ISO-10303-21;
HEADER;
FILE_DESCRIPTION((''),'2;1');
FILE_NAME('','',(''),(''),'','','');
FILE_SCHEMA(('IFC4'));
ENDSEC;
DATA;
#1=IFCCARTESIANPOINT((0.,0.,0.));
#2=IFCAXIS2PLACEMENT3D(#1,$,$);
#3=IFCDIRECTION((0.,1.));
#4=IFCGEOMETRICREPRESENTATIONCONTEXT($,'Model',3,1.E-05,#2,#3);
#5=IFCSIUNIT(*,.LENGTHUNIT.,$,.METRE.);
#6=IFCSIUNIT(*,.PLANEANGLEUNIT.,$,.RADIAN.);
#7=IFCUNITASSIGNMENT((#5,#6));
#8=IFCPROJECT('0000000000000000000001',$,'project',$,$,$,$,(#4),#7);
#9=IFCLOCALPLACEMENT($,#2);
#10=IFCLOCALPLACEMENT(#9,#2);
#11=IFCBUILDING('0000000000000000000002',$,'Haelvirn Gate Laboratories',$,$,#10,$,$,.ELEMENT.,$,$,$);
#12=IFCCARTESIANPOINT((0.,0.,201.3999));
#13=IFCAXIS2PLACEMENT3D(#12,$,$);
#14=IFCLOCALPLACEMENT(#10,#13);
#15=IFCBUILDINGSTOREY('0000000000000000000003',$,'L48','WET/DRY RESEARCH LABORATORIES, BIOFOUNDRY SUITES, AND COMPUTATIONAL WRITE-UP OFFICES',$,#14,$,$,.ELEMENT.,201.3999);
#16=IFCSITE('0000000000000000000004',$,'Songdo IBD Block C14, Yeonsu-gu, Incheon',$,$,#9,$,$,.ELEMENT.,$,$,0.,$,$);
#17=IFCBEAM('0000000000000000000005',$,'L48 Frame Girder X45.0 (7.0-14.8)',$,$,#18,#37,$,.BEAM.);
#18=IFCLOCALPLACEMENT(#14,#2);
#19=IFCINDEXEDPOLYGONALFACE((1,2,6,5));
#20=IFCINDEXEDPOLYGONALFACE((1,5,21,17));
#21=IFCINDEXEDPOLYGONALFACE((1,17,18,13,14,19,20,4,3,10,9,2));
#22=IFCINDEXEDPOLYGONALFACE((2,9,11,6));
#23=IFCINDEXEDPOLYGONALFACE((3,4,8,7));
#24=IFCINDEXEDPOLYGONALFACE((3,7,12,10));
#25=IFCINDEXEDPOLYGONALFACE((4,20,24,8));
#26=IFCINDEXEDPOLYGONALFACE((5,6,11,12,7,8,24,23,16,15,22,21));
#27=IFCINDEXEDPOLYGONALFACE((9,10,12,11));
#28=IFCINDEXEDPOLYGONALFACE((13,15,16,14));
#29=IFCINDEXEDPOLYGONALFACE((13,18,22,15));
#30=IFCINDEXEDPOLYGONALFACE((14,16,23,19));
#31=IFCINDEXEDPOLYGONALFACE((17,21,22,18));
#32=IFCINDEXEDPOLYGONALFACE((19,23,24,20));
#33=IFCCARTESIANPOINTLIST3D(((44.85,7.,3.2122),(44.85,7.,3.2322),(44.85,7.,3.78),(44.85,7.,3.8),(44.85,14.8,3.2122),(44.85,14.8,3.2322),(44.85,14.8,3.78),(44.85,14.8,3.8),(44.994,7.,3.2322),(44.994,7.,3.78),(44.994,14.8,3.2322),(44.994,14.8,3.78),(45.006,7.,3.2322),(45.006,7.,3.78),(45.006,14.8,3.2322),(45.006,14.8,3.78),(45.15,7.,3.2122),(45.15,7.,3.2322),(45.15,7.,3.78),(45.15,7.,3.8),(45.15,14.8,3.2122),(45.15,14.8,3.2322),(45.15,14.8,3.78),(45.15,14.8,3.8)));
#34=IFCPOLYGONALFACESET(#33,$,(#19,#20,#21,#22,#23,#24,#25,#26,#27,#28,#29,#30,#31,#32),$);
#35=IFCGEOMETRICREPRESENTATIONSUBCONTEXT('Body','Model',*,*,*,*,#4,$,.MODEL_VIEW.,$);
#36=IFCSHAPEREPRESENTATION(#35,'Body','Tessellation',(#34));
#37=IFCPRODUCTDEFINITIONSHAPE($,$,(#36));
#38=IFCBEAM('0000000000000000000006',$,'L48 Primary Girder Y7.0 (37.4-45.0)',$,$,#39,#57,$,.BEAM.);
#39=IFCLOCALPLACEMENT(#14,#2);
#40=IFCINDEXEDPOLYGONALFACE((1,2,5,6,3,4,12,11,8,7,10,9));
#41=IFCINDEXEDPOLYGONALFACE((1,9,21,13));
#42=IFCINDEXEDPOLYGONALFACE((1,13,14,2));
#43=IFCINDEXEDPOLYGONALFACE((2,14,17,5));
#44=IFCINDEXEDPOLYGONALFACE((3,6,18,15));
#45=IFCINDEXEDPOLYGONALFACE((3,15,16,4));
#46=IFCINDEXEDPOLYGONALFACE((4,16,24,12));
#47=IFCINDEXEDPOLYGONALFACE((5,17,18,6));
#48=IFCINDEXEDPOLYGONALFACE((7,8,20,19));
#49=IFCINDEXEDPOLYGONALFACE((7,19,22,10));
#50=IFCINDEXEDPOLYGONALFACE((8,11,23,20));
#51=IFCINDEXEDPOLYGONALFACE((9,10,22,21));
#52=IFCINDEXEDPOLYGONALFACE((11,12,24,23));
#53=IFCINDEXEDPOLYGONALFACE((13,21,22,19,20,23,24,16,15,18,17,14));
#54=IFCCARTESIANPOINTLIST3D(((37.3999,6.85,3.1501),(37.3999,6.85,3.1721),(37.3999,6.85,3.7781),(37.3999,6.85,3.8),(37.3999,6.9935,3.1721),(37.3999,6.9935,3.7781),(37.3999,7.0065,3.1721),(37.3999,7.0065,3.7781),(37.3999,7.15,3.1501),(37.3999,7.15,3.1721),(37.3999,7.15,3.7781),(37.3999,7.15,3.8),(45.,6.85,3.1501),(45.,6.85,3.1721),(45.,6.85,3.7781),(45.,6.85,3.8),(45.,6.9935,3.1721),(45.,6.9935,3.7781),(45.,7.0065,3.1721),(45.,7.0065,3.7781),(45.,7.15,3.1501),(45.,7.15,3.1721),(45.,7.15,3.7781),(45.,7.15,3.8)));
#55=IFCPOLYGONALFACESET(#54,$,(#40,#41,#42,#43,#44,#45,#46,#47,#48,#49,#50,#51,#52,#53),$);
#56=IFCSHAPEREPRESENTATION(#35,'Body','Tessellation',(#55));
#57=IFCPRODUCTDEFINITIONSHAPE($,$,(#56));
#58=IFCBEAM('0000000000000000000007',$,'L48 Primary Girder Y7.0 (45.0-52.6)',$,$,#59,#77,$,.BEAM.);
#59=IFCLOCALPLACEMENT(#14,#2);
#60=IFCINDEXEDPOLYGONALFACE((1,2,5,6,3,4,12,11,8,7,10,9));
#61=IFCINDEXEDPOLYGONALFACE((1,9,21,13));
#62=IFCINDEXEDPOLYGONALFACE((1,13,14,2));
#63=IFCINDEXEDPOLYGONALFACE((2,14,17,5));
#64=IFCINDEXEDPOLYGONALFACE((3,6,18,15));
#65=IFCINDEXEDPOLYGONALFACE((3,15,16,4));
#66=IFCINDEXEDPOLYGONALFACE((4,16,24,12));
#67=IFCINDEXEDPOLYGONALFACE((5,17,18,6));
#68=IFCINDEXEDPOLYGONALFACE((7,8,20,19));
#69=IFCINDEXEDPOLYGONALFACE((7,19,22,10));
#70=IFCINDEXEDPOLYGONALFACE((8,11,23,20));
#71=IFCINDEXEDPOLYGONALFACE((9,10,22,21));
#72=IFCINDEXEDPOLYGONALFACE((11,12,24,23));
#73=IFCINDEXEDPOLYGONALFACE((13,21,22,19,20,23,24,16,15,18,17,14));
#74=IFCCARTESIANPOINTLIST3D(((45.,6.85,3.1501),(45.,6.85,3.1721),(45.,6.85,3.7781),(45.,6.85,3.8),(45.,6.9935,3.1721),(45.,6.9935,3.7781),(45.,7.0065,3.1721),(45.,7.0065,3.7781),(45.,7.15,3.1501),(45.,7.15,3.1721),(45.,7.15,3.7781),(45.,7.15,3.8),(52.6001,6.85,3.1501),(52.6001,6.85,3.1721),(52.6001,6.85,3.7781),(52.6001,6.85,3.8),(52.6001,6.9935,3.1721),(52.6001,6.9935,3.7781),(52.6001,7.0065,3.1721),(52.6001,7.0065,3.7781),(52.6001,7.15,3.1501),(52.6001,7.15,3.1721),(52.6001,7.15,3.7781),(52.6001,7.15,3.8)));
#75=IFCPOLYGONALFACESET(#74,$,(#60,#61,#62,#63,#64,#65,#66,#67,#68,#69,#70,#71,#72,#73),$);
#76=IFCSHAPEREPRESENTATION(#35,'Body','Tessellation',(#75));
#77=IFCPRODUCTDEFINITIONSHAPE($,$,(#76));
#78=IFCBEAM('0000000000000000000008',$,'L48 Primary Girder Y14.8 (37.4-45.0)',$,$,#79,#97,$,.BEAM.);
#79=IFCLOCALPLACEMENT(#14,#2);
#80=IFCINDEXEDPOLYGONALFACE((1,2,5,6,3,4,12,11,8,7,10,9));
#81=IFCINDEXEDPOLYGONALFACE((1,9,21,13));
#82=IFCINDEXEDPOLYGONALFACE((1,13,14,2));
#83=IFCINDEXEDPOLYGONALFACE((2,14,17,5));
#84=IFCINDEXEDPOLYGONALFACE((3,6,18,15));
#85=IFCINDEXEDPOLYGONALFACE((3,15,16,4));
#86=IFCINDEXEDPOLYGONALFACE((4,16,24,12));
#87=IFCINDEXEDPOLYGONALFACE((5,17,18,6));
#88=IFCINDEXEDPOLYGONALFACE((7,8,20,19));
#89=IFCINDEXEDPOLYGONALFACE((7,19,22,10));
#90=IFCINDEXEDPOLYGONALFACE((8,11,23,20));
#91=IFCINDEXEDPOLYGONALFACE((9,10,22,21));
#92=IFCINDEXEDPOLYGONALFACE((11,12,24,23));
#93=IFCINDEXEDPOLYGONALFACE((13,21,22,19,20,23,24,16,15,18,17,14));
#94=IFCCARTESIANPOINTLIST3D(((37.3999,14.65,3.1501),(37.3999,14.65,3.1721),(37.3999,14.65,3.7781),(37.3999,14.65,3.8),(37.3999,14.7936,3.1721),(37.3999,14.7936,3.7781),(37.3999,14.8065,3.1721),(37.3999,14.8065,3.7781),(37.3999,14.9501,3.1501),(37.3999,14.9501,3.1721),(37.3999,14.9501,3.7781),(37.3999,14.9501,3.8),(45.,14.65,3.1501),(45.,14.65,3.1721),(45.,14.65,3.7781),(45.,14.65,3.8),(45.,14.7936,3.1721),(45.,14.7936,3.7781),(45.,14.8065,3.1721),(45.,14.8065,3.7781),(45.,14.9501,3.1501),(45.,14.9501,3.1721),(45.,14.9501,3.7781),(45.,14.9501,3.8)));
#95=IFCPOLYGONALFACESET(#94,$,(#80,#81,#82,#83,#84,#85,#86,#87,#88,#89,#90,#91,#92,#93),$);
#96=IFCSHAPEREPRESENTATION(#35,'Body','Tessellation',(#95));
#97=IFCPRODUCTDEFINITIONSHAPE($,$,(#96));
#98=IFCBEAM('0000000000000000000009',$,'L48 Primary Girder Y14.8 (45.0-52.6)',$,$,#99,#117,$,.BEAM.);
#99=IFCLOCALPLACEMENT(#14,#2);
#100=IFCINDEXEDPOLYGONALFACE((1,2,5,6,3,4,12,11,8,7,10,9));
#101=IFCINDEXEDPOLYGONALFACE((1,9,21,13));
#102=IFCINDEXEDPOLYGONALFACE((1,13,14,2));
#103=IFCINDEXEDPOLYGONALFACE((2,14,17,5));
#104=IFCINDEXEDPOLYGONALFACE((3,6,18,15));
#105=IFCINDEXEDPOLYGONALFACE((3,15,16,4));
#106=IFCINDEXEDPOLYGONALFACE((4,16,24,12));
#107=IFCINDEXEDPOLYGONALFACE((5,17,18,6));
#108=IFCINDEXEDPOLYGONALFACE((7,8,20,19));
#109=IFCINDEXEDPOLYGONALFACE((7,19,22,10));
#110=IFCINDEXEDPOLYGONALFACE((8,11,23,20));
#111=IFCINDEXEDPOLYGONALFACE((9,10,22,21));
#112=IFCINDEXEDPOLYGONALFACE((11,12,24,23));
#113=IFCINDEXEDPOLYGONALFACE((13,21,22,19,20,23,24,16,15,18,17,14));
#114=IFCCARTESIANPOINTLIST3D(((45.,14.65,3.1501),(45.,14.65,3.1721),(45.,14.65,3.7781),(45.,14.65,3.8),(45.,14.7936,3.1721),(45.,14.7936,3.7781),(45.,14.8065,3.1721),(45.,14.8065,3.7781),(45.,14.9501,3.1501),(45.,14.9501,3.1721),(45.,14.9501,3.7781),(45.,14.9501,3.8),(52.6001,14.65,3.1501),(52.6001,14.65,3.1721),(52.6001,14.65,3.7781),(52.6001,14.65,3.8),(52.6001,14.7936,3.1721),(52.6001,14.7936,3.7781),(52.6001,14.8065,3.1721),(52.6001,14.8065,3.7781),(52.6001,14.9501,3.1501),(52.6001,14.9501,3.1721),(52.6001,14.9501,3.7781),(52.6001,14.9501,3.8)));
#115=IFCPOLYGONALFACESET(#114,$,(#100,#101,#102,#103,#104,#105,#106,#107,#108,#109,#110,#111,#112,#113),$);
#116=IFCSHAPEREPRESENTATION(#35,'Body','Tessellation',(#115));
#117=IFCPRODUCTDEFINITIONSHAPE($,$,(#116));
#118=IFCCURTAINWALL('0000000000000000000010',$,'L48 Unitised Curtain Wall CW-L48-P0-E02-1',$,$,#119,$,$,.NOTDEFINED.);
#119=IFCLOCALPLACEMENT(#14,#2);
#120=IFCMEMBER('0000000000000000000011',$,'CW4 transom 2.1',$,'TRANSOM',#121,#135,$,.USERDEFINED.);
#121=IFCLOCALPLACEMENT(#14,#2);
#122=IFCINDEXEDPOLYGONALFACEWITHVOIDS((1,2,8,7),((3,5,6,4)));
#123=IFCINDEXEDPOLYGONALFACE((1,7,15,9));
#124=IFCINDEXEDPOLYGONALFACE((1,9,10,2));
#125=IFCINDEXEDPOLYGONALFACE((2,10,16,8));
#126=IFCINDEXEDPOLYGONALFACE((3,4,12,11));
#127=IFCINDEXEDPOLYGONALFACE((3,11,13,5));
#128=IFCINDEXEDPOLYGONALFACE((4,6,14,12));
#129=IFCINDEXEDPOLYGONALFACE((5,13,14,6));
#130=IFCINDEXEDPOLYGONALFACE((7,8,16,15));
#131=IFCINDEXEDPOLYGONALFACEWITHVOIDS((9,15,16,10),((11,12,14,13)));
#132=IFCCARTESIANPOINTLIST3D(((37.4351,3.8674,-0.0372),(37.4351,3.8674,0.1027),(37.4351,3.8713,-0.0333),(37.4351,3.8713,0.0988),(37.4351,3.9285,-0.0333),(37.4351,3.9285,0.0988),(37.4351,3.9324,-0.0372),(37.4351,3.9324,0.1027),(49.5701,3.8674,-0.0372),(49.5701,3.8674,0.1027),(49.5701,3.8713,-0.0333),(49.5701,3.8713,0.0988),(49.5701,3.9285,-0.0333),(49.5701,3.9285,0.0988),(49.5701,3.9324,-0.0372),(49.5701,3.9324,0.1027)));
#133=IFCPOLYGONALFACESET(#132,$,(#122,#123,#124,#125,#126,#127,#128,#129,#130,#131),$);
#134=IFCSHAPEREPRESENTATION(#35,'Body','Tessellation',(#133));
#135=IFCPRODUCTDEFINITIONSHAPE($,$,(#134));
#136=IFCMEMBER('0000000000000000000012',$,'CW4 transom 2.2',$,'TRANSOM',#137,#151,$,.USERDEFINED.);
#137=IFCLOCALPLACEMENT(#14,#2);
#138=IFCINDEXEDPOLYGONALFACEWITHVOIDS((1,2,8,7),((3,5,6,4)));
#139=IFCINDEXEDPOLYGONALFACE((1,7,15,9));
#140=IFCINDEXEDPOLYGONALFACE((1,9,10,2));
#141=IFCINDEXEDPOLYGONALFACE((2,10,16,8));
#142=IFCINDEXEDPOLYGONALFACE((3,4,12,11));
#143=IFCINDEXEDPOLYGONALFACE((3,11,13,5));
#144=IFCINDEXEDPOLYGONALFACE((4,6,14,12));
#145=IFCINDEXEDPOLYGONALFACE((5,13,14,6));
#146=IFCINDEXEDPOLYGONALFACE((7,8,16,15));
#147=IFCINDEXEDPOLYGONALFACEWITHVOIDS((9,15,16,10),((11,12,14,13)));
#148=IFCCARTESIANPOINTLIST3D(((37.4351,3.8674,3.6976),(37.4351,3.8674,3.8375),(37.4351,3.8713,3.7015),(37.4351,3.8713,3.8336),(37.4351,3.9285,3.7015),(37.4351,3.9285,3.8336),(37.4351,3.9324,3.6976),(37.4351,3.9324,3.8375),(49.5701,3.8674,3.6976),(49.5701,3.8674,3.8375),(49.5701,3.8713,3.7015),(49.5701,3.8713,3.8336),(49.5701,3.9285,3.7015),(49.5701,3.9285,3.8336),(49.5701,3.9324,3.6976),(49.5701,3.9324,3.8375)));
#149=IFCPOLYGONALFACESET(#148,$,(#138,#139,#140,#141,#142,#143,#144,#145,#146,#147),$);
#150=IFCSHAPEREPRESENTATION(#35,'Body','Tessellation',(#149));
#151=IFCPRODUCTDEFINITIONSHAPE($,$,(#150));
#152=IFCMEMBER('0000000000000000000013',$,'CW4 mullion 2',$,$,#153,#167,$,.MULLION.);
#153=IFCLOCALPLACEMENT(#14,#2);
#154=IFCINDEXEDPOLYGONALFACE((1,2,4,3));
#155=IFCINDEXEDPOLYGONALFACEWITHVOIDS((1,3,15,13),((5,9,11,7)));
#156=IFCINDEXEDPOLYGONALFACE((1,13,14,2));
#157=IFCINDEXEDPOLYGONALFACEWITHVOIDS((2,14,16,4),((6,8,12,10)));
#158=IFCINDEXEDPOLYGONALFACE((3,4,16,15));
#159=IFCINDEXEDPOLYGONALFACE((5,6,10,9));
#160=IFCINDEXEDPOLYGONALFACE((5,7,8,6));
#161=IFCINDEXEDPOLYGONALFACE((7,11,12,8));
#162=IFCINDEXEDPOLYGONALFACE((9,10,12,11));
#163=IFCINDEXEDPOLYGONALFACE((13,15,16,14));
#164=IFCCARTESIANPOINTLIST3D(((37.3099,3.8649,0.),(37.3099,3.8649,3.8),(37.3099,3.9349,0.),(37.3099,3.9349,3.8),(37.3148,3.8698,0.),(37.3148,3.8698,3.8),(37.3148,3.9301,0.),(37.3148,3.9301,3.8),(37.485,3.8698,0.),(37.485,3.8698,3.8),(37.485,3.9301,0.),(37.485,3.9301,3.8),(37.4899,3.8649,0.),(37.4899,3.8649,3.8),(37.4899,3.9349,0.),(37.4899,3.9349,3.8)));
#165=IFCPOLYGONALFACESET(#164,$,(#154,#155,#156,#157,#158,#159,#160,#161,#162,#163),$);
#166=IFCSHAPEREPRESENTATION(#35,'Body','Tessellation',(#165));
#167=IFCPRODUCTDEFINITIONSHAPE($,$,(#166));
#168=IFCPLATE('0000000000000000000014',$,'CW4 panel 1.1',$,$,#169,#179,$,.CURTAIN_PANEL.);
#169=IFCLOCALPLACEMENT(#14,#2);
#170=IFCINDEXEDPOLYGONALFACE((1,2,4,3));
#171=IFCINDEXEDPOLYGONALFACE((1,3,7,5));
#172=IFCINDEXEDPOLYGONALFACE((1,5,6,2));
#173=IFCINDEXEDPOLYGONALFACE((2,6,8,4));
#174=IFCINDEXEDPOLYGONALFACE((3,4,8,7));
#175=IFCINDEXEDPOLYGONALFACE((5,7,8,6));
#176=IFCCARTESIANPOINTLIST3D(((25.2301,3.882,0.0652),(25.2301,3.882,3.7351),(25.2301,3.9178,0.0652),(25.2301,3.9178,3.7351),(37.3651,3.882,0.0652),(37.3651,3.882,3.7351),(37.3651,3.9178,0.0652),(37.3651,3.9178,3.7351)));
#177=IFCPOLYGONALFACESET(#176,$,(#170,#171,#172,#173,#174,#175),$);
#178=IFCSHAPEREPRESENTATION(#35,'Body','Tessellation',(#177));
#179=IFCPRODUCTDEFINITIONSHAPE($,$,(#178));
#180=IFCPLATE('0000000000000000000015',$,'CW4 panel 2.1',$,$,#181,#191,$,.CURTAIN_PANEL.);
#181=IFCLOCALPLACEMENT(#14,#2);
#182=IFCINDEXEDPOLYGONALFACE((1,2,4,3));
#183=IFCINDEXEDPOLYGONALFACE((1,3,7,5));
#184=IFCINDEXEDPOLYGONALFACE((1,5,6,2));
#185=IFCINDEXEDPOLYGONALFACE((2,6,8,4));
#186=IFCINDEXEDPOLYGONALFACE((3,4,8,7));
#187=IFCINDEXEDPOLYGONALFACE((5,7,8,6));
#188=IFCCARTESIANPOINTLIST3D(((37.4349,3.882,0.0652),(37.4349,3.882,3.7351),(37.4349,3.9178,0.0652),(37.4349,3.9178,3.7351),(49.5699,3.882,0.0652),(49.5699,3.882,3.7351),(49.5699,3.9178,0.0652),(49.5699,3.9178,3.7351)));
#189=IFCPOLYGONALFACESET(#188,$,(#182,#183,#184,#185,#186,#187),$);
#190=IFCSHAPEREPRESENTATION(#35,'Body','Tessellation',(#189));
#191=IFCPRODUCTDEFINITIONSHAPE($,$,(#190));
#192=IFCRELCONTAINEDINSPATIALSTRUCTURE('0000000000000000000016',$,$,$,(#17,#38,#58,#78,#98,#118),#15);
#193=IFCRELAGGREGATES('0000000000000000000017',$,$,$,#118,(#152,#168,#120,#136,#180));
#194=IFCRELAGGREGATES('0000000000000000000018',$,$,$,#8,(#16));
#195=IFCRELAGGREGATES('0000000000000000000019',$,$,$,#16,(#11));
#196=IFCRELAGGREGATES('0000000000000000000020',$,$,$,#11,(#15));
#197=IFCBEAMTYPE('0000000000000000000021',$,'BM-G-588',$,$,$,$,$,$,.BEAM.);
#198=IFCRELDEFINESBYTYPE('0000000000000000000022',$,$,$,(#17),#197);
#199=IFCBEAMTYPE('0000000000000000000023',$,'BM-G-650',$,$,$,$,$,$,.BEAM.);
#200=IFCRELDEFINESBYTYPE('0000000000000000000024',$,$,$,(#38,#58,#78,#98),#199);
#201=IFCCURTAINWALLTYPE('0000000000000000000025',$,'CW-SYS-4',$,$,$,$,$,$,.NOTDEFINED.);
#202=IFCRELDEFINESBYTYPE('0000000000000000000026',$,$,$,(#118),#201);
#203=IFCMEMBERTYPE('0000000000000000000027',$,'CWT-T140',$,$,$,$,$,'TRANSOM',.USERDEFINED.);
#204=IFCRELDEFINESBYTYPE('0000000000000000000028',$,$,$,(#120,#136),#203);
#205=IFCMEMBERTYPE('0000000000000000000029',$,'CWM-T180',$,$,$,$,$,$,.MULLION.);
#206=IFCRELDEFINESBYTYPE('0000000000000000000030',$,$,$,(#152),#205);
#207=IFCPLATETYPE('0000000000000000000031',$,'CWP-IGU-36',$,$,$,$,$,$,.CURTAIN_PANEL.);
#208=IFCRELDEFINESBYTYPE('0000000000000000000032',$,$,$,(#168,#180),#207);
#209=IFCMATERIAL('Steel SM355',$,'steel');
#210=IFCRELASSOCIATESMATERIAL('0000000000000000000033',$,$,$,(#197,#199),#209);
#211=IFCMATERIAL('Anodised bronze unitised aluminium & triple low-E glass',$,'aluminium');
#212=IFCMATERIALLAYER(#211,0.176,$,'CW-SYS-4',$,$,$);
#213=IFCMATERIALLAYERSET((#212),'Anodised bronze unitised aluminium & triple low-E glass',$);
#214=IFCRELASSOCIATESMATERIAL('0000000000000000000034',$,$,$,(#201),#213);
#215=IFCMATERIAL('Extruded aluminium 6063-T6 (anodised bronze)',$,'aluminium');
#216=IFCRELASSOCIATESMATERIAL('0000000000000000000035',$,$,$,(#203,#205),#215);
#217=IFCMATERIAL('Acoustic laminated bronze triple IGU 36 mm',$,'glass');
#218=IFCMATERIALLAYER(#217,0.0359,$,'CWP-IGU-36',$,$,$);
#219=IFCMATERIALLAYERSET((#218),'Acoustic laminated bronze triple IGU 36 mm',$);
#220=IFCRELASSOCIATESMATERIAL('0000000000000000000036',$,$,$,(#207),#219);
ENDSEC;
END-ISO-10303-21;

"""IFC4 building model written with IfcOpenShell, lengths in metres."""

from ifc_helpers import new_model, si_unit, direction, frame, origin, origin_2d, place, context, subcontext, project, spatial, rectangle, hollow_rectangle, i_section, extrude, source, transform, mapped, material, layer, layer_set, material_profile, profile_set, type_object, type_shapes, element, aggregate, save


model = new_model("IFC4")

# Units and contexts
model_context = context("Model", 3, precision=1e-05, world=origin(), true_north=direction((0.0, 1.0)))
body_context = subcontext(model_context, "Body", "Model", "MODEL_VIEW")
ifc_project = project(units=[si_unit("LENGTHUNIT", "METRE"), si_unit("PLANEANGLEUNIT", "RADIAN")], contexts=[model_context])

# Site, building, storey
site_placement = place(None, origin())
site = spatial("IfcSite", under=ifc_project, at=site_placement, Name="Songdo IBD Block C14, Yeonsu-gu, Incheon", CompositionType="ELEMENT", RefElevation=0.0)
building_placement = place(site_placement, origin())
building = spatial("IfcBuilding", under=site, at=building_placement, Name="Haelvirn Gate Laboratories", CompositionType="ELEMENT")
storey_placement = place(building_placement, frame((0.0, 0.0, 201.3999)))
storey = spatial("IfcBuildingStorey", under=building, at=storey_placement, Name="L48", Description="WET/DRY RESEARCH LABORATORIES, BIOFOUNDRY SUITES, AND COMPUTATIONAL WRITE-UP OFFICES", CompositionType="ELEMENT", Elevation=201.3999)

# Shared definitions
ifc_material_1 = material(Name="Steel SM355", Category="steel")

# Beams
ifc_material_profile_1 = material_profile(ifc_material_1, i_section(OverallWidth=0.3, OverallDepth=0.5879, WebThickness=0.012, FlangeThickness=0.02, at=origin_2d()), Name="H-588x300x12x20")
ifc_profile_set_1 = profile_set([ifc_material_profile_1], Name="Steel SM355")
beam_type_1 = type_object("IfcBeamType", Name="BM-G-588", PredefinedType="BEAM", material=ifc_profile_set_1)
shared_shape_1 = source(origin(), body_context, "Body", "SweptSolid", [
    extrude(i_section(OverallWidth=0.3, OverallDepth=0.5879, WebThickness=0.012, FlangeThickness=0.02, at=origin_2d()), origin(), (0.0, 0.0, 1.0), 7.8),
])
type_shapes(beam_type_1, [shared_shape_1])
for number, where, z_axis, x_axis, name in (
    (1, (45.0, 7.0, 3.5061), (0.0, 1.0, 0.0), (-1.0, 0.0, 0.0), "L48 Frame Girder X45.0 (7.0-14.8)"),
):
    element("IfcBeam", number, at=place(storey_placement, frame(where, z_axis=z_axis, x_axis=x_axis)), inside=storey, type_object=beam_type_1, Name=name, PredefinedType="BEAM", context=body_context, shape_type="MappedRepresentation", body=[
        mapped(shared_shape_1, transform((0.0, 0.0, 0.0), scale=1.0)),
    ])
ifc_material_profile_2 = material_profile(ifc_material_1, i_section(OverallWidth=0.3, OverallDepth=0.6499, WebThickness=0.0129, FlangeThickness=0.022, at=origin_2d()), Name="H-650x300x13x22")
ifc_profile_set_2 = profile_set([ifc_material_profile_2], Name="Steel SM355")
beam_type_2 = type_object("IfcBeamType", Name="BM-G-650", PredefinedType="BEAM", material=ifc_profile_set_2)
shared_shape_2 = source(origin(), body_context, "Body", "SweptSolid", [
    extrude(i_section(OverallWidth=0.3, OverallDepth=0.6499, WebThickness=0.0129, FlangeThickness=0.022, at=origin_2d()), origin(), (0.0, 0.0, 1.0), 7.6001),
])
type_shapes(beam_type_2, [shared_shape_2])
for number, where, z_axis, x_axis, name in (
    (2, (37.3999, 7.0, 3.4751), (1.0, 0.0, 0.0), (0.0, 1.0, 0.0), "L48 Primary Girder Y7.0 (37.4-45.0)"),
    (3, (45.0, 7.0, 3.4751), (1.0, 0.0, 0.0), (0.0, 1.0, 0.0), "L48 Primary Girder Y7.0 (45.0-52.6)"),
    (4, (37.3999, 14.8, 3.4751), (1.0, 0.0, 0.0), (0.0, 1.0, 0.0), "L48 Primary Girder Y14.8 (37.4-45.0)"),
    (5, (45.0, 14.8, 3.4751), (1.0, 0.0, 0.0), (0.0, 1.0, 0.0), "L48 Primary Girder Y14.8 (45.0-52.6)"),
):
    element("IfcBeam", number, at=place(storey_placement, frame(where, z_axis=z_axis, x_axis=x_axis)), inside=storey, type_object=beam_type_2, Name=name, PredefinedType="BEAM", context=body_context, shape_type="MappedRepresentation", body=[
        mapped(shared_shape_2, transform((0.0, 0.0, 0.0), scale=1.0)),
    ])

# Curtain wall, members, plates
ifc_material_2 = material(Name="Anodised bronze unitised aluminium & triple low-E glass", Category="aluminium")
ifc_layer_1 = layer(ifc_material_2, 0.176, Name="CW-SYS-4")
ifc_layer_set_1 = layer_set([ifc_layer_1], Name="Anodised bronze unitised aluminium & triple low-E glass")
curtain_wall_type = type_object("IfcCurtainWallType", Name="CW-SYS-4", PredefinedType="NOTDEFINED", material=ifc_layer_set_1)
curtain_wall_placement = place(storey_placement, origin())
curtain_wall = element("IfcCurtainWall", 6, at=curtain_wall_placement, inside=storey, type_object=curtain_wall_type, Name="L48 Unitised Curtain Wall CW-L48-P0-E02-1", PredefinedType="NOTDEFINED")
ifc_material_3 = material(Name="Extruded aluminium 6063-T6 (anodised bronze)", Category="aluminium")
ifc_material_profile_3 = material_profile(ifc_material_3, hollow_rectangle(XDim=0.0649, YDim=0.1399, WallThickness=0.0039, at=origin_2d()), Name="CWT-140x65x4")
ifc_profile_set_3 = profile_set([ifc_material_profile_3], Name="Extruded aluminium 6063-T6 (anodised bronze)")
member_type_1 = type_object("IfcMemberType", Name="CWT-T140", ElementType="TRANSOM", PredefinedType="USERDEFINED", material=ifc_profile_set_3)
shared_shape_3 = source(origin(), body_context, "Body", "SweptSolid", [
    extrude(hollow_rectangle(XDim=0.0649, YDim=0.1399, WallThickness=0.0039, at=origin_2d()), origin(), (0.0, 0.0, 1.0), 12.135),
])
type_shapes(member_type_1, [shared_shape_3])
member_1_placement = place(storey_placement, frame((37.4351, 3.8999, 0.0327), z_axis=(1.0, 0.0, 0.0), x_axis=(0.0, 1.0, 0.0)))
member_1 = element("IfcMember", 7, at=member_1_placement, type_object=member_type_1, Name="CW4 transom 2.1", ObjectType="TRANSOM", PredefinedType="USERDEFINED", context=body_context, shape_type="MappedRepresentation", body=[
    mapped(shared_shape_3, transform((0.0, 0.0, 0.0), scale=1.0)),
])
member_2_placement = place(storey_placement, frame((37.4351, 3.8999, 3.7676), z_axis=(1.0, 0.0, 0.0), x_axis=(0.0, 1.0, 0.0)))
member_2 = element("IfcMember", 8, at=member_2_placement, type_object=member_type_1, Name="CW4 transom 2.2", ObjectType="TRANSOM", PredefinedType="USERDEFINED", context=body_context, shape_type="MappedRepresentation", body=[
    mapped(shared_shape_3, transform((0.0, 0.0, 0.0), scale=1.0)),
])
ifc_material_profile_4 = material_profile(ifc_material_3, hollow_rectangle(XDim=0.0701, YDim=0.1799, WallThickness=0.0049, at=origin_2d()), Name="CWM-180x70x5")
ifc_profile_set_4 = profile_set([ifc_material_profile_4], Name="Extruded aluminium 6063-T6 (anodised bronze)")
member_type_2 = type_object("IfcMemberType", Name="CWM-T180", PredefinedType="MULLION", material=ifc_profile_set_4)
shared_shape_4 = source(origin(), body_context, "Body", "SweptSolid", [
    extrude(hollow_rectangle(XDim=0.0701, YDim=0.1799, WallThickness=0.0049, at=origin_2d()), origin(), (0.0, 0.0, 1.0), 3.8),
])
type_shapes(member_type_2, [shared_shape_4])
member_3_placement = place(storey_placement, frame((37.3999, 3.8999, 0.0), z_axis=(0.0, 0.0, 1.0), x_axis=(0.0, 1.0, 0.0)))
member_3 = element("IfcMember", 9, at=member_3_placement, type_object=member_type_2, Name="CW4 mullion 2", PredefinedType="MULLION", context=body_context, shape_type="MappedRepresentation", body=[
    mapped(shared_shape_4, transform((0.0, 0.0, 0.0), scale=1.0)),
])
ifc_material_4 = material(Name="Acoustic laminated bronze triple IGU 36 mm", Category="glass")
ifc_layer_2 = layer(ifc_material_4, 0.0359, Name="CWP-IGU-36")
ifc_layer_set_2 = layer_set([ifc_layer_2], Name="Acoustic laminated bronze triple IGU 36 mm")
plate_type = type_object("IfcPlateType", Name="CWP-IGU-36", PredefinedType="CURTAIN_PANEL", material=ifc_layer_set_2)
shared_shape_5 = source(origin(), body_context, "Body", "SweptSolid", [
    extrude(rectangle(XDim=12.135, YDim=0.0359, at=origin_2d()), origin(), (0.0, 0.0, 1.0), 3.6699),
])
type_shapes(plate_type, [shared_shape_5])
plate_1_placement = place(storey_placement, frame((31.2976, 3.8999, 0.0652), z_axis=(0.0, 0.0, 1.0), x_axis=(1.0, 0.0, 0.0)))
plate_1 = element("IfcPlate", 10, at=plate_1_placement, type_object=plate_type, Name="CW4 panel 1.1", PredefinedType="CURTAIN_PANEL", context=body_context, shape_type="MappedRepresentation", body=[
    mapped(shared_shape_5, transform((0.0, 0.0, 0.0), scale=1.0)),
])
plate_2_placement = place(storey_placement, frame((43.5024, 3.8999, 0.0652), z_axis=(0.0, 0.0, 1.0), x_axis=(1.0, 0.0, 0.0)))
plate_2 = element("IfcPlate", 11, at=plate_2_placement, type_object=plate_type, Name="CW4 panel 2.1", PredefinedType="CURTAIN_PANEL", context=body_context, shape_type="MappedRepresentation", body=[
    mapped(shared_shape_5, transform((0.0, 0.0, 0.0), scale=1.0)),
])
aggregate(curtain_wall, [member_3, plate_1, member_1, member_2, plate_2])

save(model, "model.ifc")
